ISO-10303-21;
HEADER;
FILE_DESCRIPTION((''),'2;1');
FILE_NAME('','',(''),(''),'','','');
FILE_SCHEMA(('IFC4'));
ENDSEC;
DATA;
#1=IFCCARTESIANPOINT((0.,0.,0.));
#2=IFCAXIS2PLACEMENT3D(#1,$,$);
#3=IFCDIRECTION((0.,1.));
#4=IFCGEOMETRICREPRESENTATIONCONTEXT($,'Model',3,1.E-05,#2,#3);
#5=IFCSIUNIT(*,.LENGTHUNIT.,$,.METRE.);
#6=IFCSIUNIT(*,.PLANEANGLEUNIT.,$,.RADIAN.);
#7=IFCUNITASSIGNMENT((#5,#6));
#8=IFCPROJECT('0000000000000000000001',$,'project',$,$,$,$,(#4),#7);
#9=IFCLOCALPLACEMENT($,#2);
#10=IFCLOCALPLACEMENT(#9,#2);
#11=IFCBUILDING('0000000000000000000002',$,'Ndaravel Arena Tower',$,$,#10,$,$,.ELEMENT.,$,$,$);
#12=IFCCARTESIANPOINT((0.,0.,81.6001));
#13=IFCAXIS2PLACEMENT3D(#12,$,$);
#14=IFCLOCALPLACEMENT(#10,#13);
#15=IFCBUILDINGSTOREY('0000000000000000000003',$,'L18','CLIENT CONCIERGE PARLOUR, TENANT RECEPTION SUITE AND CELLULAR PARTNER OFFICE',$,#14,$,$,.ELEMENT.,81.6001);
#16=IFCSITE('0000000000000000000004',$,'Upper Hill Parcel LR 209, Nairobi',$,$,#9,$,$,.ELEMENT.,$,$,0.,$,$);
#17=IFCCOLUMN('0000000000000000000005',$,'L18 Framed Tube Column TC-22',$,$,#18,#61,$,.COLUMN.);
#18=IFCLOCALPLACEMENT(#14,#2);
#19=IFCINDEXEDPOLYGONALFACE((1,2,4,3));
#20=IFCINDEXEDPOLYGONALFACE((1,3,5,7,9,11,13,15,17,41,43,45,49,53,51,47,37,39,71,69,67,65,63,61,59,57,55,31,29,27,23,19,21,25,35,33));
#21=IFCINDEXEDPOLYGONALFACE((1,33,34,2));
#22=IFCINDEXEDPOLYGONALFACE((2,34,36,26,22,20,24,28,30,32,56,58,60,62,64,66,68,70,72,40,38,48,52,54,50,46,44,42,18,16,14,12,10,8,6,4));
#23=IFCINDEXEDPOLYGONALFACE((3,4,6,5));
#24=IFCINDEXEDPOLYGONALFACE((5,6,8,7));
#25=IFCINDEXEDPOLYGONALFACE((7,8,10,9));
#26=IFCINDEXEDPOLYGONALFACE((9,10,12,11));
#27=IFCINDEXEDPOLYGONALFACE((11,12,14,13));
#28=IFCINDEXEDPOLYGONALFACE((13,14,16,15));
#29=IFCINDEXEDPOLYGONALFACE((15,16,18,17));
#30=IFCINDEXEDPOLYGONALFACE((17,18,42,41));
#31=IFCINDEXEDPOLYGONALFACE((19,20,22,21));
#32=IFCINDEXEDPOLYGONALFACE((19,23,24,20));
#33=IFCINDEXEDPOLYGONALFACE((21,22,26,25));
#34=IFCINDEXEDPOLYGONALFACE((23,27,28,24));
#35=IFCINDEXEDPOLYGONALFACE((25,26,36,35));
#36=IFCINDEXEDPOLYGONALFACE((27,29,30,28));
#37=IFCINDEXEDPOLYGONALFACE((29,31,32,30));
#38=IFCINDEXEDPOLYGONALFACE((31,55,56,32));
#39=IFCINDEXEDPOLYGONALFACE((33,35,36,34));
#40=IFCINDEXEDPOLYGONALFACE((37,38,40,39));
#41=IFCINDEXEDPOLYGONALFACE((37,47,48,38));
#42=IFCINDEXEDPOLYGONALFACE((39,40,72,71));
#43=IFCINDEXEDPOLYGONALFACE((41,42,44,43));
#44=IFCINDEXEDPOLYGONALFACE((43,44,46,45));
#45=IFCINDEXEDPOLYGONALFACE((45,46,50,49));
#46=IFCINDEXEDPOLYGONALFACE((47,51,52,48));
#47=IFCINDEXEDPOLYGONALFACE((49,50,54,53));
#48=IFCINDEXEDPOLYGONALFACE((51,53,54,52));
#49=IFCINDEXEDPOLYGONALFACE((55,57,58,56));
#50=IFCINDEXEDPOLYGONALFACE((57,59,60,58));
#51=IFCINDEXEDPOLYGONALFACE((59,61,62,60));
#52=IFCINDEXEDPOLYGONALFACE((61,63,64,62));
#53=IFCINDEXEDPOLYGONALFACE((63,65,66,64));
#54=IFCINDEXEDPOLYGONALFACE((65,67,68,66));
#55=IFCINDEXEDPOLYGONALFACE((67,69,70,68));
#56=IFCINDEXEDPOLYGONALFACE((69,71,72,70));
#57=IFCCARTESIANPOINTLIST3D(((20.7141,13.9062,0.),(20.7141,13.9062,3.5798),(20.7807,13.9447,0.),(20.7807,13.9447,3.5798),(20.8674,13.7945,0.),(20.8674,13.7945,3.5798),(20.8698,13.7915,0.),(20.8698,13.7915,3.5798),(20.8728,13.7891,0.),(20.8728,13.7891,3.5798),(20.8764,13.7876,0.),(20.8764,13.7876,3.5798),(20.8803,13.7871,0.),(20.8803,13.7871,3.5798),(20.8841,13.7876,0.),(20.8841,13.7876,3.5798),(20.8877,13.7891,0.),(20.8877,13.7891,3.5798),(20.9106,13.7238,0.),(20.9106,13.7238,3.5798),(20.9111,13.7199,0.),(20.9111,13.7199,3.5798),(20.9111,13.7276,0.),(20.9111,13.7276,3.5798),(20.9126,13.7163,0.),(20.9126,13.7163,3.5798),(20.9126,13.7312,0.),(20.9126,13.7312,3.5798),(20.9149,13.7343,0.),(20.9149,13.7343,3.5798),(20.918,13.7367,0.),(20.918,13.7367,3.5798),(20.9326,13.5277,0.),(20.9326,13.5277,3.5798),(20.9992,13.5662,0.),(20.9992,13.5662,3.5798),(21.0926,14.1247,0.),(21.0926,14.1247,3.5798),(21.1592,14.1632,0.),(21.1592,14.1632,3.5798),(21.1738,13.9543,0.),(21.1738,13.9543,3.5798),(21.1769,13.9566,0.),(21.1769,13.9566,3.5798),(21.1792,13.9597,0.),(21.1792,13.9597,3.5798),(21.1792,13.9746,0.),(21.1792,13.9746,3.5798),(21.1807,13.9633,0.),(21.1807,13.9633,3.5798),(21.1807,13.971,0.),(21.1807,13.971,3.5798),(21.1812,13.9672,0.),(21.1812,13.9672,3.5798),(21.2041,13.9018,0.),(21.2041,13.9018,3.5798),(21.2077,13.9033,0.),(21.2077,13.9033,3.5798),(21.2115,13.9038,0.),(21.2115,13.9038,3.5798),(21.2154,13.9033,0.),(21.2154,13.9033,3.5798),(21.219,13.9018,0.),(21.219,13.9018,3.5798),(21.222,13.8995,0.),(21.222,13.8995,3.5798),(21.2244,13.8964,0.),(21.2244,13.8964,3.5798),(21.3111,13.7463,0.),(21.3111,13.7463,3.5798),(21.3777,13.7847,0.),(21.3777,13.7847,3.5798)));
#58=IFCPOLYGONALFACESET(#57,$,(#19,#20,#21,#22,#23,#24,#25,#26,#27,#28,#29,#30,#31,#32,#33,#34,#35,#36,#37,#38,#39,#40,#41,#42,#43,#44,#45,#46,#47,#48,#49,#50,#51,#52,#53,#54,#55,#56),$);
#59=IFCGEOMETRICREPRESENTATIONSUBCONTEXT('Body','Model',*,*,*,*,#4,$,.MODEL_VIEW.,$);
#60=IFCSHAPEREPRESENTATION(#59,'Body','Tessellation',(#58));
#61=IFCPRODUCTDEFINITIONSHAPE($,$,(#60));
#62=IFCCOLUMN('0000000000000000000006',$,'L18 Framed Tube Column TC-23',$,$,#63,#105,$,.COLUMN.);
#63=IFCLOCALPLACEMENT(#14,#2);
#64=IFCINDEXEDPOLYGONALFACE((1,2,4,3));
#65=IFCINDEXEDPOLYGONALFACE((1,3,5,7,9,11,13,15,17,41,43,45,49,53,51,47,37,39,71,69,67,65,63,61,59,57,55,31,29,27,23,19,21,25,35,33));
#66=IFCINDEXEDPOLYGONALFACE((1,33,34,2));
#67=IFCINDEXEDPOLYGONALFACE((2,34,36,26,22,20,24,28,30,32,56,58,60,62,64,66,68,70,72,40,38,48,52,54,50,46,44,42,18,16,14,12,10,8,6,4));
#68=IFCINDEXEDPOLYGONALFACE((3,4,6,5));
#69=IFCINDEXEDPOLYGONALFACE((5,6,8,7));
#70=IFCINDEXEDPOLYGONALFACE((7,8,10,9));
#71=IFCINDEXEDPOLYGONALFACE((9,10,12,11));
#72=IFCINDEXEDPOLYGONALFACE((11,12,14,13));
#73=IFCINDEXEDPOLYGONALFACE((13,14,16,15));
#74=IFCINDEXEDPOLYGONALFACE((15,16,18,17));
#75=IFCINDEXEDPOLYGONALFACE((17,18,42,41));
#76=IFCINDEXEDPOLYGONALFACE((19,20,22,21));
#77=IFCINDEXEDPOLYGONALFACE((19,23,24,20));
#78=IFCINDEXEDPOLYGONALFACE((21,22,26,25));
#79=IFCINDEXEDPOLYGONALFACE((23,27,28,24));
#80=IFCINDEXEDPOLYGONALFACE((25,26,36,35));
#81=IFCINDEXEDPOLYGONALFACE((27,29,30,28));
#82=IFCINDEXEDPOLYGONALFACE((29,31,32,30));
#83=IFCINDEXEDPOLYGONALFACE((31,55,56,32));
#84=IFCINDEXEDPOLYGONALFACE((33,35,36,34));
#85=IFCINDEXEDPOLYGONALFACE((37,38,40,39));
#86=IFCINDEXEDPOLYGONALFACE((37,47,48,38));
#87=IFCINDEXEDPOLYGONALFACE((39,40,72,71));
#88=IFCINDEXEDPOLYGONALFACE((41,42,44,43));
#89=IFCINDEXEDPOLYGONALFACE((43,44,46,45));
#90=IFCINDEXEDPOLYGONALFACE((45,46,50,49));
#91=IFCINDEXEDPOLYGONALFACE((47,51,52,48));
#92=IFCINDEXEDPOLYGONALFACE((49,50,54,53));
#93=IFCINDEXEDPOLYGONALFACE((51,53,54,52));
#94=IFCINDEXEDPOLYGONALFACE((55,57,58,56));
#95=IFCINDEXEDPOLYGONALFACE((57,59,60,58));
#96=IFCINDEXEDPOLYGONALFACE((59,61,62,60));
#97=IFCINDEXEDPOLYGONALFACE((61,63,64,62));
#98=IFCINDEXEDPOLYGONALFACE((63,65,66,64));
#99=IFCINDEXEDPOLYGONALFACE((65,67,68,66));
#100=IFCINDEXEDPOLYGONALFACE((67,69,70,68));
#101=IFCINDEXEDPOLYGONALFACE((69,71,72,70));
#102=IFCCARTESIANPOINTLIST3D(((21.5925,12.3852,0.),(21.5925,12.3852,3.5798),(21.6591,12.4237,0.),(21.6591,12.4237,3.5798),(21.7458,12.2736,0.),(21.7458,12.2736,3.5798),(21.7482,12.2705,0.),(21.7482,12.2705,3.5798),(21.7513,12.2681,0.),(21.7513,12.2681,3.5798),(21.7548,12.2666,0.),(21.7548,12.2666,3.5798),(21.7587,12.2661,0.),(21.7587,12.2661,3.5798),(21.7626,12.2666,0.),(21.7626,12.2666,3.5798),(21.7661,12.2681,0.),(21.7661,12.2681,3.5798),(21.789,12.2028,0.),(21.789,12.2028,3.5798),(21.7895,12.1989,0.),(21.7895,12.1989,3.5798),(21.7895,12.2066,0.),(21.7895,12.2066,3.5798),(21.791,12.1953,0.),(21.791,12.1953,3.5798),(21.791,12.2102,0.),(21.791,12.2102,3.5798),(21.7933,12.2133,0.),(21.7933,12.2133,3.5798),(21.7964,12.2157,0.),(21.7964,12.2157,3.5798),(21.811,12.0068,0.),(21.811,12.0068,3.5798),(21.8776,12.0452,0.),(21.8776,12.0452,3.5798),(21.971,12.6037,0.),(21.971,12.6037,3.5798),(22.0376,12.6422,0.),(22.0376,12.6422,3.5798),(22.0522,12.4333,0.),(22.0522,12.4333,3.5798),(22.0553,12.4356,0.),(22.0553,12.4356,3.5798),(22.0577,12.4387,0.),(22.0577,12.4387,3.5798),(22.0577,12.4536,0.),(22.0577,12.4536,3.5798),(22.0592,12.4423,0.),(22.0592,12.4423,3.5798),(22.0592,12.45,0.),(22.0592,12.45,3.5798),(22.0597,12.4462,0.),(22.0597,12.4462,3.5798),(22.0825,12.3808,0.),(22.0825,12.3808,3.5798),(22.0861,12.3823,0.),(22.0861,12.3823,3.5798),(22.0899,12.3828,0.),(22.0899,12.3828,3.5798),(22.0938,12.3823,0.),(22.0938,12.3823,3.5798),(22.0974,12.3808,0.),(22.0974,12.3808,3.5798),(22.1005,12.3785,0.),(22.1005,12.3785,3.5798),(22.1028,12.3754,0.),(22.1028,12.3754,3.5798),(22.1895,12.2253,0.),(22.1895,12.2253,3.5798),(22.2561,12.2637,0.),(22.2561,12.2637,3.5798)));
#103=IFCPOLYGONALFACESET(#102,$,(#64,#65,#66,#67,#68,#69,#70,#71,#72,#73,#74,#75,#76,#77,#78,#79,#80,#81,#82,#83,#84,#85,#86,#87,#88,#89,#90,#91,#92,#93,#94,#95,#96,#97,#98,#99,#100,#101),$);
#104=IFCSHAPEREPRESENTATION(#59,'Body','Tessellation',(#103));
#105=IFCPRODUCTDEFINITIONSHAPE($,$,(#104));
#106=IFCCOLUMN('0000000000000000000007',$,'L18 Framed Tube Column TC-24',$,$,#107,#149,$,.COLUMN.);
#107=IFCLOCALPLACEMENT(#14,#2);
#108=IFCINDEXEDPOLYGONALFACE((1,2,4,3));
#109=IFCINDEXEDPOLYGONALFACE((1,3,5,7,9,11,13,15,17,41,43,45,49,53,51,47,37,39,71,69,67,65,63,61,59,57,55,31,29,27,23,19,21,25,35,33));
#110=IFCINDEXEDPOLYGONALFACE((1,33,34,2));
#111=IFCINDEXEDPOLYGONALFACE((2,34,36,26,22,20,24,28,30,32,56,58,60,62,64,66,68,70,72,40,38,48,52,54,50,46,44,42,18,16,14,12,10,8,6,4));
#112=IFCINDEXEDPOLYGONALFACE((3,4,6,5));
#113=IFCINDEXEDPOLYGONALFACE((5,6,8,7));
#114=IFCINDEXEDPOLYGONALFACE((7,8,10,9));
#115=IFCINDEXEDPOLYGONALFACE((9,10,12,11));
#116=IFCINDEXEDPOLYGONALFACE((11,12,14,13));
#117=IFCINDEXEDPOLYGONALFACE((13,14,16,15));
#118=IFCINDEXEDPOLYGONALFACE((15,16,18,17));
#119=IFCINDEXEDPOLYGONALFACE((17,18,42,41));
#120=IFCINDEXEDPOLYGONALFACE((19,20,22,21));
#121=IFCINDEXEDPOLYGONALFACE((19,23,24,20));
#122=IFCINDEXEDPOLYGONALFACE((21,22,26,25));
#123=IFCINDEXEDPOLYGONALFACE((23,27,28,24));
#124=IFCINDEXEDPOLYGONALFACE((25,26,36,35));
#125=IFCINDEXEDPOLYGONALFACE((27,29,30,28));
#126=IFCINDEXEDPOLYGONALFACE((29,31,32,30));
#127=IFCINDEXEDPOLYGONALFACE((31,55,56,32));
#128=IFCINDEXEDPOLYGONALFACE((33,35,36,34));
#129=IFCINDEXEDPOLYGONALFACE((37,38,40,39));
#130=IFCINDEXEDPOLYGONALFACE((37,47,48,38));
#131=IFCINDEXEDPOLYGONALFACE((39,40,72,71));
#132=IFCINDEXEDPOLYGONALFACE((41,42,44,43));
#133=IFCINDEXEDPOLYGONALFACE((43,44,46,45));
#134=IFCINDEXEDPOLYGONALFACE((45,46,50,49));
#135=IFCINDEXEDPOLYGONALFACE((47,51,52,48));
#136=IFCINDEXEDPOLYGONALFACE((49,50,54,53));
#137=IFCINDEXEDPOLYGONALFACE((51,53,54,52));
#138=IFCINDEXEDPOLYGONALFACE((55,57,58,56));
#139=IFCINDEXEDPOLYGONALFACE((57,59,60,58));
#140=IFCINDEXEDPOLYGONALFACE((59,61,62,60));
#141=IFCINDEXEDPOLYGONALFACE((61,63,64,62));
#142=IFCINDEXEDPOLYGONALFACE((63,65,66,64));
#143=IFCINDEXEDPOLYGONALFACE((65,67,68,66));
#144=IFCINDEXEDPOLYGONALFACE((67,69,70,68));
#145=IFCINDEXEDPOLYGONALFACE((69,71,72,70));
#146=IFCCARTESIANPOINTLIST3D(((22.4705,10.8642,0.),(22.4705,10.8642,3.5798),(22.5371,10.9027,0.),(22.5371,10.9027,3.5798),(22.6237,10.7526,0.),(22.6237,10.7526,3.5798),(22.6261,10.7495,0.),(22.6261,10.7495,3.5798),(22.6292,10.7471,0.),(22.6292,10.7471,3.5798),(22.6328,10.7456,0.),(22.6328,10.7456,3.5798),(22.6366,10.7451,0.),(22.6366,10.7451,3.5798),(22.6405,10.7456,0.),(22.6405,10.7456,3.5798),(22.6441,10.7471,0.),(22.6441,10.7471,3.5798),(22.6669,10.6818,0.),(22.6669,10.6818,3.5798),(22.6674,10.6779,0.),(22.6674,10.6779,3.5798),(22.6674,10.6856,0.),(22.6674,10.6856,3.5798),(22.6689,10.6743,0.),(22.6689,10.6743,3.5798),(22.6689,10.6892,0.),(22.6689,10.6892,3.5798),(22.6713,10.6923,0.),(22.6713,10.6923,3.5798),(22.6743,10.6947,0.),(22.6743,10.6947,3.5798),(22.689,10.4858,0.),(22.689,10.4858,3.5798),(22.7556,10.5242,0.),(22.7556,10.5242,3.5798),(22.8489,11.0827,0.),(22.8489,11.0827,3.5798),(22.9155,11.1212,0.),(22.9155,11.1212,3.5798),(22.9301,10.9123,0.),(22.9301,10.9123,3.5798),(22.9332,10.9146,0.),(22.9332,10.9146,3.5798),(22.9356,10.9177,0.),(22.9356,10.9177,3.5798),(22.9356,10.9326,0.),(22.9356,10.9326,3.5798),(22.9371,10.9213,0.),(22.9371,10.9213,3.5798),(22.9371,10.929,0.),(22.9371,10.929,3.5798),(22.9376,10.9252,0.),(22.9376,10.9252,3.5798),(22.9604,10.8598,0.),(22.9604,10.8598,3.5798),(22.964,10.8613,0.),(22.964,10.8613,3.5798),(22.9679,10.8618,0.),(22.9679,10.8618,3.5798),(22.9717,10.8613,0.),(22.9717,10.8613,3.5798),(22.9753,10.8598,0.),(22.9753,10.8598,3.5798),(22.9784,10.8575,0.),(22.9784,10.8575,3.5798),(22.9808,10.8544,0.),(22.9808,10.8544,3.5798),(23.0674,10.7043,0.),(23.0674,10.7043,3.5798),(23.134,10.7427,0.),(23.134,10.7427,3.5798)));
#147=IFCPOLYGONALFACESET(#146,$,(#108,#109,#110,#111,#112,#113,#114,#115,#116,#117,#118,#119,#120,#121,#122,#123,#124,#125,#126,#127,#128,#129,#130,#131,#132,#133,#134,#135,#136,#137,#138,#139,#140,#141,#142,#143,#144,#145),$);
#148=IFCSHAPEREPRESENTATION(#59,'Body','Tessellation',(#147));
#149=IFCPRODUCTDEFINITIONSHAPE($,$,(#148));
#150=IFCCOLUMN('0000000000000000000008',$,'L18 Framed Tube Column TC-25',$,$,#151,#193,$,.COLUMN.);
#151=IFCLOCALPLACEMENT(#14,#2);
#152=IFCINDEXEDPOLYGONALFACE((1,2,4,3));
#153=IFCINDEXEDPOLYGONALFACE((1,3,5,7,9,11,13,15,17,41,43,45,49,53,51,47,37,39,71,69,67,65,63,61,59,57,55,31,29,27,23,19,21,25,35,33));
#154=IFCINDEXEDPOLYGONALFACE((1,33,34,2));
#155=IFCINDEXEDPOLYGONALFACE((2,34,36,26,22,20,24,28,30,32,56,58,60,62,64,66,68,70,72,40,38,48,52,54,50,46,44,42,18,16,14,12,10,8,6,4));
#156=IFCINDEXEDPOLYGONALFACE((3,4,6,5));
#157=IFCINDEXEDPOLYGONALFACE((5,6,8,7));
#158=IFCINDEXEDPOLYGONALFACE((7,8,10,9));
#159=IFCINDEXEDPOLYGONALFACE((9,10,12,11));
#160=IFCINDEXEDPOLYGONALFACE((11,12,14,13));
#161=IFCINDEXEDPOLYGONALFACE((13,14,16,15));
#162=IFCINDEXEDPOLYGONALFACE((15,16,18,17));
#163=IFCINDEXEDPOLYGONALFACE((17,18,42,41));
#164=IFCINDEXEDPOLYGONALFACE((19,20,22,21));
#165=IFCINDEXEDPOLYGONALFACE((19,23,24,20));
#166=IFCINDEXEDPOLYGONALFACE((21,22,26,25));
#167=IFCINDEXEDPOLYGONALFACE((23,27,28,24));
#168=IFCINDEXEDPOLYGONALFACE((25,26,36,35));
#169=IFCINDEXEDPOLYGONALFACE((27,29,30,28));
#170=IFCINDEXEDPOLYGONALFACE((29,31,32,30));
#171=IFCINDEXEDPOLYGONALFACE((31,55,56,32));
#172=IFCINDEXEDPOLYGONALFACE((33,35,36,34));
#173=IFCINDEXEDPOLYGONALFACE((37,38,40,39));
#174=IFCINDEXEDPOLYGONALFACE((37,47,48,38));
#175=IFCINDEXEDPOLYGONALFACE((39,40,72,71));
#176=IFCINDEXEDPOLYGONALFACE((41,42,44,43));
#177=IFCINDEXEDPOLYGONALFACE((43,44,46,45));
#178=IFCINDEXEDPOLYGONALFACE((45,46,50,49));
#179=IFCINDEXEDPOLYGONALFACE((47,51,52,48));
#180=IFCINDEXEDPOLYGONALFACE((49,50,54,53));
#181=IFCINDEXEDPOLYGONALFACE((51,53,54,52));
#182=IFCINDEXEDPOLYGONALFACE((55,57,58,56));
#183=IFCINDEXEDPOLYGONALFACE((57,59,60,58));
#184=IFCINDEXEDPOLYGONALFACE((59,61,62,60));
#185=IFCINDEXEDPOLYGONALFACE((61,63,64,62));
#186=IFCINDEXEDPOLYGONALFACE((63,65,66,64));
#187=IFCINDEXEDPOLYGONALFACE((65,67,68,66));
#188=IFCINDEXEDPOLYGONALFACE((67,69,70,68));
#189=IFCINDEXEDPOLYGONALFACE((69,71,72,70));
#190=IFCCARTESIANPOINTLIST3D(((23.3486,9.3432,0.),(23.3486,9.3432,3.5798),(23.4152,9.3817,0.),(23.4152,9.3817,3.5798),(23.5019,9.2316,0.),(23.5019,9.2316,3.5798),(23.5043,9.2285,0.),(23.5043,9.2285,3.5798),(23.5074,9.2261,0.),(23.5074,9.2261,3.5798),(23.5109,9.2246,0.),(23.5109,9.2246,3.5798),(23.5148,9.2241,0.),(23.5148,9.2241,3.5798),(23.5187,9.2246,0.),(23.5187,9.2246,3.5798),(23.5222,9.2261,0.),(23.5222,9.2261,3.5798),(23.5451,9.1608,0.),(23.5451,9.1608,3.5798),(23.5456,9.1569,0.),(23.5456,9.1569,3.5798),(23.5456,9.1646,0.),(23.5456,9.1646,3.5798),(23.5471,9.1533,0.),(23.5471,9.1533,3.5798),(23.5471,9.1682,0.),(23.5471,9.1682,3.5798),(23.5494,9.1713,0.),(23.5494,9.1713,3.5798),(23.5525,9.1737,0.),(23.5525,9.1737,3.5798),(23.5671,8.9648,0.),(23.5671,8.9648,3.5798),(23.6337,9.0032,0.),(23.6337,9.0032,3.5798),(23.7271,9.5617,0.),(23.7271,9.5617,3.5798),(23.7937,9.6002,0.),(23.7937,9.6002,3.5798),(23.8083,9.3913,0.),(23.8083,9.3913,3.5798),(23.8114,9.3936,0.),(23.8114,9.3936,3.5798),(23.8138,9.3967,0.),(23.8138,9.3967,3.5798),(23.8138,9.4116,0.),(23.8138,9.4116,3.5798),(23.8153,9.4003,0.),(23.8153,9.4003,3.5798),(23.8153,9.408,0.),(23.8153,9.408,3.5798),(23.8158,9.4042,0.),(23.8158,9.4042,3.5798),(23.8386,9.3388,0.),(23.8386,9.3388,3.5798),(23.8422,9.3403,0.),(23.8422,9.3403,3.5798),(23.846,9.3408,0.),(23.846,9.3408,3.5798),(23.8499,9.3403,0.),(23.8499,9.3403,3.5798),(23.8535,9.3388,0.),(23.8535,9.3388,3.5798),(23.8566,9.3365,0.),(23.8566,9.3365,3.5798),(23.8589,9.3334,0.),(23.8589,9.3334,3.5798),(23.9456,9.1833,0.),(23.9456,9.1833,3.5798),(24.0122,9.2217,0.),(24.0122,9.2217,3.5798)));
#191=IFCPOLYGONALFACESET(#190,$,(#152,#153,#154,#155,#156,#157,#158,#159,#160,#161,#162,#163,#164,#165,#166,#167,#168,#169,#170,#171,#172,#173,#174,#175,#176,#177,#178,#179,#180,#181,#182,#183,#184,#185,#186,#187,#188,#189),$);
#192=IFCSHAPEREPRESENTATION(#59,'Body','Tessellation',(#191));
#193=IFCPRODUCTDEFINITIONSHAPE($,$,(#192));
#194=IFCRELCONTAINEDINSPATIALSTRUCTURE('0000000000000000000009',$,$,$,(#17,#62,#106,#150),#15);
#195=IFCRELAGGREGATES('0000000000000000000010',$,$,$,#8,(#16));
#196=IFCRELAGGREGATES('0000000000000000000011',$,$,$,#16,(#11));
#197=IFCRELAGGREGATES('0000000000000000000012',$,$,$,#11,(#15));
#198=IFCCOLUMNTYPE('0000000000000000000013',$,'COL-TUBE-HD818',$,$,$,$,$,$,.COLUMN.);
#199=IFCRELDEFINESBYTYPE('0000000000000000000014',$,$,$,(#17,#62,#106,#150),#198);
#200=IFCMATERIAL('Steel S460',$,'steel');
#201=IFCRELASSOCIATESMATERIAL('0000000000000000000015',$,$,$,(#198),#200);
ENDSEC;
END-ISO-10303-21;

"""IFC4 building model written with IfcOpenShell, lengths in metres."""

from ifc_helpers import new_model, si_unit, direction, frame, origin, origin_2d, place, context, subcontext, project, spatial, i_section, extrude, material, material_profile, profile_set, type_object, element, save


model = new_model("IFC4")

# Units and contexts
model_context = context("Model", 3, precision=1e-05, world=origin(), true_north=direction((0.0, 1.0)))
body_context = subcontext(model_context, "Body", "Model", "MODEL_VIEW")
ifc_project = project(units=[si_unit("LENGTHUNIT", "METRE"), si_unit("PLANEANGLEUNIT", "RADIAN")], contexts=[model_context])

# Site, building, storey
site_placement = place(None, origin())
site = spatial("IfcSite", under=ifc_project, at=site_placement, Name="Upper Hill Parcel LR 209, Nairobi", CompositionType="ELEMENT", RefElevation=0.0)
building_placement = place(site_placement, origin())
building = spatial("IfcBuilding", under=site, at=building_placement, Name="Ndaravel Arena Tower", CompositionType="ELEMENT")
storey_placement = place(building_placement, frame((0.0, 0.0, 81.6001)))
storey = spatial("IfcBuildingStorey", under=building, at=storey_placement, Name="L18", Description="CLIENT CONCIERGE PARLOUR, TENANT RECEPTION SUITE AND CELLULAR PARTNER OFFICE", CompositionType="ELEMENT", Elevation=81.6001)

# Columns
ifc_material_1 = material(Name="Steel S460", Category="steel")
ifc_material_profile_1 = material_profile(ifc_material_1, i_section(OverallWidth=0.437, OverallDepth=0.5139, WebThickness=0.0605, FlangeThickness=0.0769, FilletRadius=0.0149, at=origin_2d()), Name="HD 400x818")
ifc_profile_set_1 = profile_set([ifc_material_profile_1], Name="Steel S460")
column_type = type_object("IfcColumnType", Name="COL-TUBE-HD818", PredefinedType="COLUMN", material=ifc_profile_set_1)
for number, where, z_axis, x_axis, name in (
    (1, (21.0459, 13.8455, 0.0), (0.0, 0.0, 1.0), (-0.5, 0.866025, 0.0), "L18 Framed Tube Column TC-22"),
    (2, (21.9243, 12.3245, 0.0), (0.0, 0.0, 1.0), (-0.5, 0.866025, 0.0), "L18 Framed Tube Column TC-23"),
    (3, (22.8022, 10.8035, 0.0), (0.0, 0.0, 1.0), (-0.5, 0.866025, 0.0), "L18 Framed Tube Column TC-24"),
    (4, (23.6804, 9.2825, 0.0), (0.0, 0.0, 1.0), (-0.5, 0.866025, 0.0), "L18 Framed Tube Column TC-25"),
):
    element("IfcColumn", number, at=place(storey_placement, frame(where, z_axis=z_axis, x_axis=x_axis)), inside=storey, type_object=column_type, Name=name, PredefinedType="COLUMN", context=body_context, shape_type="SweptSolid", body=[
        extrude(i_section(OverallWidth=0.437, OverallDepth=0.5139, WebThickness=0.0605, FlangeThickness=0.0769, FilletRadius=0.0149, at=origin_2d()), origin(), (0.0, 0.0, 1.0), 3.5798),
    ])

save(model, "model.ifc")
